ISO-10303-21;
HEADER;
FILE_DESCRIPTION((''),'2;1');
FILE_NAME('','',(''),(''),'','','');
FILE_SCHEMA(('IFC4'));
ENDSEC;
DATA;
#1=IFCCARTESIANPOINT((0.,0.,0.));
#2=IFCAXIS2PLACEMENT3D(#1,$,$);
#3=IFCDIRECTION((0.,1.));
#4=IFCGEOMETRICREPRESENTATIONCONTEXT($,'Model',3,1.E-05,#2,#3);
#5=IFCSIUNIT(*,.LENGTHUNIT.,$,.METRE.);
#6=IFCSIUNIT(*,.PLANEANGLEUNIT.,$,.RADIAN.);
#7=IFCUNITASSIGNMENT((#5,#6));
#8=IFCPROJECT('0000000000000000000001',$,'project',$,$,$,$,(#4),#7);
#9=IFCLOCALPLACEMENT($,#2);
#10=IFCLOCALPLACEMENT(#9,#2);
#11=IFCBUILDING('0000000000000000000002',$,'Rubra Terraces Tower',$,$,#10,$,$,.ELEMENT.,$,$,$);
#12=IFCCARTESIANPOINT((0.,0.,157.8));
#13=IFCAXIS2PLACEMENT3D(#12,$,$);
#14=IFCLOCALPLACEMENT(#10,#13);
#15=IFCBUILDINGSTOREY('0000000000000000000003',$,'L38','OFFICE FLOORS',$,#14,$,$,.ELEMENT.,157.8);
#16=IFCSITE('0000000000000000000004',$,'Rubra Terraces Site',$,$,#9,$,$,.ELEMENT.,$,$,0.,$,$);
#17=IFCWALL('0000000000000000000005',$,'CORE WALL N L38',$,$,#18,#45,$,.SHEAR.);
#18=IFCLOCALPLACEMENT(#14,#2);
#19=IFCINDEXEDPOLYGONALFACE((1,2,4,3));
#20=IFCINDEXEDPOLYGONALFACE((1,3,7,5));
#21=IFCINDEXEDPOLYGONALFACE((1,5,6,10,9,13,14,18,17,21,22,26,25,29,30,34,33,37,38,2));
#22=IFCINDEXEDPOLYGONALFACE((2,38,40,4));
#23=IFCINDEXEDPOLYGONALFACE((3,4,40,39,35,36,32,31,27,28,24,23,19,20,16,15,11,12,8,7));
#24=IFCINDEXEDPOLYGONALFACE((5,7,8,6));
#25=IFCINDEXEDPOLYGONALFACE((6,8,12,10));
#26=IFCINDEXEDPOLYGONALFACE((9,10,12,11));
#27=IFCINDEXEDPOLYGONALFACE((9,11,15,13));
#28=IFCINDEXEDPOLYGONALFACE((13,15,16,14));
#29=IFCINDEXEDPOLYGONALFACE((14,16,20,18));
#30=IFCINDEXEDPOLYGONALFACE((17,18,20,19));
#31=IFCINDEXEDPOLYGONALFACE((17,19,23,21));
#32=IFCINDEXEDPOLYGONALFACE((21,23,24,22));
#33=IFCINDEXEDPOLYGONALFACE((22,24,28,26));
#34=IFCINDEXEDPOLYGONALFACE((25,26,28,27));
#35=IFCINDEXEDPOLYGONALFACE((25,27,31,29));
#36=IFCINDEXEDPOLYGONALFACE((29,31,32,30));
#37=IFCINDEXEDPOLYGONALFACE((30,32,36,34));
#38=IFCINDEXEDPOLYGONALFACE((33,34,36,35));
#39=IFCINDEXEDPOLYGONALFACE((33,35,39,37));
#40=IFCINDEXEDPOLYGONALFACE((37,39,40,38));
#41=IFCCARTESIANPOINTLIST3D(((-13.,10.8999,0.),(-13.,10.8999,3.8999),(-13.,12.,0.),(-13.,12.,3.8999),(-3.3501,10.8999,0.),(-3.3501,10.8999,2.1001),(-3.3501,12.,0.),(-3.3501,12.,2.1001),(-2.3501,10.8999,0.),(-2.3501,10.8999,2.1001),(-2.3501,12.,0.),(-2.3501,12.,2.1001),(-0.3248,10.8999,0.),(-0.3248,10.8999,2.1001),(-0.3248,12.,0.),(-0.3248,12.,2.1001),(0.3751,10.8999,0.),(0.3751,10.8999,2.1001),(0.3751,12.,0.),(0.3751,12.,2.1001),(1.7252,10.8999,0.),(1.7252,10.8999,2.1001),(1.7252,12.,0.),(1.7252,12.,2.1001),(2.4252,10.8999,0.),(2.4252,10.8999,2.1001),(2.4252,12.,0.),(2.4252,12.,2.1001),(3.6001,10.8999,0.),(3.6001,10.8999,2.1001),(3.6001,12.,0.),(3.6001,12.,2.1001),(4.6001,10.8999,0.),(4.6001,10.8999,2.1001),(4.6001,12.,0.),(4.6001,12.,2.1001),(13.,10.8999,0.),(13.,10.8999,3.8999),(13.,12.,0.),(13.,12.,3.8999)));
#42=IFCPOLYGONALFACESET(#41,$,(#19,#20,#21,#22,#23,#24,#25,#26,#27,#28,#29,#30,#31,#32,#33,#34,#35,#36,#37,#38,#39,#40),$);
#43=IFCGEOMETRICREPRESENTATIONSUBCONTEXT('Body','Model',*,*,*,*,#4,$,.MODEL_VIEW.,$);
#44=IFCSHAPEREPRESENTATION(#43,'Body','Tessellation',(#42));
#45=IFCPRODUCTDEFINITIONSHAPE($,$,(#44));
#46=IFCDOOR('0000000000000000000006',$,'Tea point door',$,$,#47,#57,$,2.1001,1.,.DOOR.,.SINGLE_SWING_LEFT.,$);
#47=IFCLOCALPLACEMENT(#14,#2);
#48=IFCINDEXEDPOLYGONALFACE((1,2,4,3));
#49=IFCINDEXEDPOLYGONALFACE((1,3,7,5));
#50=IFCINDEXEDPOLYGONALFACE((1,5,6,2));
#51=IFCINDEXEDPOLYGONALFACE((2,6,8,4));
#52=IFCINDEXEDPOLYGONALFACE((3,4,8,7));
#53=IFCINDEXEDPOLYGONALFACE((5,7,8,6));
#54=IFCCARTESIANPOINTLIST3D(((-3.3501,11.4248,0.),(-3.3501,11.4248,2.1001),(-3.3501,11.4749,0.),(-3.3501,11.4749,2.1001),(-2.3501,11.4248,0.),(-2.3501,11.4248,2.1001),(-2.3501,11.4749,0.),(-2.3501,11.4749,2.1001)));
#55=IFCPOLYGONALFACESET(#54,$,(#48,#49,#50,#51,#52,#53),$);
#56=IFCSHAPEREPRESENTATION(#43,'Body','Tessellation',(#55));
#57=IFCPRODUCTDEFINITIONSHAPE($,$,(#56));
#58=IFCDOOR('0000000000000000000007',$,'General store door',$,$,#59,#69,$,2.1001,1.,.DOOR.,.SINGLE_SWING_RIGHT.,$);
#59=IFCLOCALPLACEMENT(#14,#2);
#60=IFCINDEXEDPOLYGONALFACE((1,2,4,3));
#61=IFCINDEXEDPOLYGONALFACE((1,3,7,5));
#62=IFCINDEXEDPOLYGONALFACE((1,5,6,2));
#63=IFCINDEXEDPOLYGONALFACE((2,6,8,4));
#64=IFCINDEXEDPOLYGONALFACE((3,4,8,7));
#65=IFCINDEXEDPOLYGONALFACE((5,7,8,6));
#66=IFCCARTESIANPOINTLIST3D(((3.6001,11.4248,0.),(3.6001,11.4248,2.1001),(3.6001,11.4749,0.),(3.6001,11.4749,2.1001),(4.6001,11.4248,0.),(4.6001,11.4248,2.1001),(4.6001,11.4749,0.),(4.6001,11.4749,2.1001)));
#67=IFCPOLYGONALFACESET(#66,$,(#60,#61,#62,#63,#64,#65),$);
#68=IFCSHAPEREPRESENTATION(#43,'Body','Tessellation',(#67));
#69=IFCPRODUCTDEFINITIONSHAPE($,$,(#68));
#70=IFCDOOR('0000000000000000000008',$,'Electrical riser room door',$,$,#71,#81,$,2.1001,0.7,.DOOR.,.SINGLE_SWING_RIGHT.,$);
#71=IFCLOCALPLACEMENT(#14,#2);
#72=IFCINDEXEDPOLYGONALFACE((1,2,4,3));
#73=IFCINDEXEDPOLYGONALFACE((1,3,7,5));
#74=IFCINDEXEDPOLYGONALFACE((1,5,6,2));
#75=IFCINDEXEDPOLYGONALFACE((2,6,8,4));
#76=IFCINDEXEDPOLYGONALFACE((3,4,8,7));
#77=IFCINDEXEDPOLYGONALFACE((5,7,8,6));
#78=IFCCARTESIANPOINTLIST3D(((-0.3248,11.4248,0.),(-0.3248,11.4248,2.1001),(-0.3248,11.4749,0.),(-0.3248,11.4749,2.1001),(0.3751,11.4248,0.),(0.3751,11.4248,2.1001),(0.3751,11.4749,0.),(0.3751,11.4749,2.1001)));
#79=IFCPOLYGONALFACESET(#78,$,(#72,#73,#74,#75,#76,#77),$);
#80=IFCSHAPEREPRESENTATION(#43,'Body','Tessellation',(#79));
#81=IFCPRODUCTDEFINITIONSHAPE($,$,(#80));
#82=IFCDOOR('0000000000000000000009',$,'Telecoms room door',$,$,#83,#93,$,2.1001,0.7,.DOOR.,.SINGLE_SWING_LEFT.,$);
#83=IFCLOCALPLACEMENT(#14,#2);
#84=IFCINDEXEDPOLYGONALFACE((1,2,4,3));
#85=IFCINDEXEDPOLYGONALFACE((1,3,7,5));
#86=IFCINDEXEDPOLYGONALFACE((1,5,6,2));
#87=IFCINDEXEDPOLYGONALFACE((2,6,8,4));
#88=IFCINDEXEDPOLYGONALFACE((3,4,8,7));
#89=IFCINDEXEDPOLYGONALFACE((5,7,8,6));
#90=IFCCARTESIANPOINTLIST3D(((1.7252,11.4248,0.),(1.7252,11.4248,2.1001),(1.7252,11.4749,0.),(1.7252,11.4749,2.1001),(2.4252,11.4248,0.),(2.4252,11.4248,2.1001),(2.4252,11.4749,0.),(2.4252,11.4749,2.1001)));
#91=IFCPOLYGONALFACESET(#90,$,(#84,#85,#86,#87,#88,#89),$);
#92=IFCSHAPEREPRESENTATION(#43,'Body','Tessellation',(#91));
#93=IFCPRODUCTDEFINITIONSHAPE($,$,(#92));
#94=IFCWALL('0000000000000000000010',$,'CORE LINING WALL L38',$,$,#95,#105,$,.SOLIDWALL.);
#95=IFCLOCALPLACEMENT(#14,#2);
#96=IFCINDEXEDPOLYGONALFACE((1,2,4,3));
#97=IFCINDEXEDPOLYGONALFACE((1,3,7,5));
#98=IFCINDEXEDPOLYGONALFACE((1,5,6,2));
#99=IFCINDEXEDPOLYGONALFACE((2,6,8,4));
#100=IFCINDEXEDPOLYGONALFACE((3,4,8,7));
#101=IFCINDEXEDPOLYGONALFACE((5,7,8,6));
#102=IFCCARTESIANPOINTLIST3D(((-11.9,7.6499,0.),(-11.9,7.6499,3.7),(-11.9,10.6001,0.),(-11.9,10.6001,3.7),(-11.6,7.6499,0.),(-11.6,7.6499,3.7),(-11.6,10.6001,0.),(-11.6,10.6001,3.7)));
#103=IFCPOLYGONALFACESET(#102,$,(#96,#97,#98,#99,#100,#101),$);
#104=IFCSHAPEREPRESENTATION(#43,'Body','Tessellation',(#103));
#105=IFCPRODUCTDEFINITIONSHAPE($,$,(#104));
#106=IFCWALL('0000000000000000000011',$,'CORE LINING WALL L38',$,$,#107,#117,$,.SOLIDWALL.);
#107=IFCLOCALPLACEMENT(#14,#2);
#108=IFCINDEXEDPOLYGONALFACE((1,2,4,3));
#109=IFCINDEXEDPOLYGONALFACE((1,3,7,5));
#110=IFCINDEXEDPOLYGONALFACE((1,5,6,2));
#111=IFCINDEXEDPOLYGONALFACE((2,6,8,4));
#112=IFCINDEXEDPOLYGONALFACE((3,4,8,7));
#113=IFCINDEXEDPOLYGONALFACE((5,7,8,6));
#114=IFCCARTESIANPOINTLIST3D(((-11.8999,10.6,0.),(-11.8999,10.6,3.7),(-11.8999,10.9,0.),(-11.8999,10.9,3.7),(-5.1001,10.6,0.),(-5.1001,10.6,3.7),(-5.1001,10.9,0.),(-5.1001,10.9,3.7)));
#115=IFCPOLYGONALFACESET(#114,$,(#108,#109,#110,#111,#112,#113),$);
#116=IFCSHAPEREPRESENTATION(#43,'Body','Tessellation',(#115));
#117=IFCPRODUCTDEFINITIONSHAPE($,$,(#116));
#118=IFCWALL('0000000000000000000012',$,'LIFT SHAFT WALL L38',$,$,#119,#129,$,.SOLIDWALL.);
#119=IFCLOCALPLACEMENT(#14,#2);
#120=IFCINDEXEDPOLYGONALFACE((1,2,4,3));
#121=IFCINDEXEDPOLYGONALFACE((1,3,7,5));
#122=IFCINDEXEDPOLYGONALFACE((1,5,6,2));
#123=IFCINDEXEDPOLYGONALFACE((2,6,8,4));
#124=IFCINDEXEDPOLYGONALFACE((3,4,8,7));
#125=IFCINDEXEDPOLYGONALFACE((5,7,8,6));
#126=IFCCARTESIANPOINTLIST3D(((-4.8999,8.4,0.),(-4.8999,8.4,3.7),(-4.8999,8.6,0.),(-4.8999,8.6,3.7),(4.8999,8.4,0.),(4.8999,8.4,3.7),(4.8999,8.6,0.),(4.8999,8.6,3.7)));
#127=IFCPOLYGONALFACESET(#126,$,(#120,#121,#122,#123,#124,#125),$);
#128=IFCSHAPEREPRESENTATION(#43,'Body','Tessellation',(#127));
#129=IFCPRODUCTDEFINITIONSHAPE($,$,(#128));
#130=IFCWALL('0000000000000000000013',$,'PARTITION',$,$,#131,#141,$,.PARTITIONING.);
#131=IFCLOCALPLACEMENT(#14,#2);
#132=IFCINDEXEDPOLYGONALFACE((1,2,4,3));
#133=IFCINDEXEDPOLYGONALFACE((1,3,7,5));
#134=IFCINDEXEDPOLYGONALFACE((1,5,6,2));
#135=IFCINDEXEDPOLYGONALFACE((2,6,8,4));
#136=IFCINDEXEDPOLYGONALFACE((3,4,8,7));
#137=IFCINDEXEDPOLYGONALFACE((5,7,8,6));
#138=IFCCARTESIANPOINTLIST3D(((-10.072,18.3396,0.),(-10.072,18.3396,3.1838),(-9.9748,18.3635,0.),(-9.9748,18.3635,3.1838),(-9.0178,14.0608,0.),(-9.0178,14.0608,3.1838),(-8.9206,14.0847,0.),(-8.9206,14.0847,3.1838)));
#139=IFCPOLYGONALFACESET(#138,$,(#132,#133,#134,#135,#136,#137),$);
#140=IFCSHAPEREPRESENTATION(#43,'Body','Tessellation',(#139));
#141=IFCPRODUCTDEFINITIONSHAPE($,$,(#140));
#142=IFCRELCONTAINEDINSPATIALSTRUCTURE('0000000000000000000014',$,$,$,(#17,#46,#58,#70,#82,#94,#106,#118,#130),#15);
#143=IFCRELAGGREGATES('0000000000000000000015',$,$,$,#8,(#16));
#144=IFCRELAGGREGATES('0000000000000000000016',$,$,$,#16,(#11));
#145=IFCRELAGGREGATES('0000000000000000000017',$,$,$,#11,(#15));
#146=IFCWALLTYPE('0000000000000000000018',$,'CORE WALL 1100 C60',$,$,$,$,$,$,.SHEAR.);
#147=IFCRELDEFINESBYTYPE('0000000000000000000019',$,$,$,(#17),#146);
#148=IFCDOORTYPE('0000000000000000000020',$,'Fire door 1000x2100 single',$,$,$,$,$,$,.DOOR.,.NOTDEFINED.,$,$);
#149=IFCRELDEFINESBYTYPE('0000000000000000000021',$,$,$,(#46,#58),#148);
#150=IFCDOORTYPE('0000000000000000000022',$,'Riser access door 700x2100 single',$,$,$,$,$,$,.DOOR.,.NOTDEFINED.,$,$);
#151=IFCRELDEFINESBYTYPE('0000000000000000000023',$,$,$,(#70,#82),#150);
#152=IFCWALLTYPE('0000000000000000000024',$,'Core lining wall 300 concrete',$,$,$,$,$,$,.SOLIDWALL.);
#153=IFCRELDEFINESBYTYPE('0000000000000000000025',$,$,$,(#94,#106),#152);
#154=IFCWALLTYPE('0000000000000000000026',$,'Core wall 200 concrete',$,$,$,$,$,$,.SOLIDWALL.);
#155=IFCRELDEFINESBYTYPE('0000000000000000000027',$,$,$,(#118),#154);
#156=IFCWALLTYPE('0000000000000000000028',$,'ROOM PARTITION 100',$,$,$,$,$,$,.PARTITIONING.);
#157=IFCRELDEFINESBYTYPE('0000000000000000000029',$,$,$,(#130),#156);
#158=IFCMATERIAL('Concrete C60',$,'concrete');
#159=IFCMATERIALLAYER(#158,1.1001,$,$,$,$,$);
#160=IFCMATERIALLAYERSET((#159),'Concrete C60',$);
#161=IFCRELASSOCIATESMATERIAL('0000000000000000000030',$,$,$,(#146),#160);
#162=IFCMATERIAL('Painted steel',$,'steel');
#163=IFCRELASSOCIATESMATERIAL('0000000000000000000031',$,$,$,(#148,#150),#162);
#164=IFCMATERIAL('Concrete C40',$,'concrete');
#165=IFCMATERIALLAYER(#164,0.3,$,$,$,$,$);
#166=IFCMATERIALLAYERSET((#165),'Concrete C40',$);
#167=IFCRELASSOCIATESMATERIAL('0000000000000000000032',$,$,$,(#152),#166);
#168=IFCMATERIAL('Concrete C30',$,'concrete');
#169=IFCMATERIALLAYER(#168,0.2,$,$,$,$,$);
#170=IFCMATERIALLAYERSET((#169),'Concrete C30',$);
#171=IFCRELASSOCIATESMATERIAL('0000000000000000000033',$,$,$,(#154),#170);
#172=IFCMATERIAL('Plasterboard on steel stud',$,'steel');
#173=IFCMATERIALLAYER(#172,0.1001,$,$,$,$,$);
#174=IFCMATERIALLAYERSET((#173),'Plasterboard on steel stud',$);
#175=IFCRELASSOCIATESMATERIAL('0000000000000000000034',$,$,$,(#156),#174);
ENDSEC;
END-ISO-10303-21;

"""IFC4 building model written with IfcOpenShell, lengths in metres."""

from ifc_helpers import new_model, si_unit, direction, frame, frame_2d, origin, place, context, subcontext, project, spatial, rectangle, extrude, material, layer, layer_set, type_object, element, fill, save


model = new_model("IFC4")

# Units and contexts
model_context = context("Model", 3, precision=1e-05, world=origin(), true_north=direction((0.0, 1.0)))
body_context = subcontext(model_context, "Body", "Model", "MODEL_VIEW")
ifc_project = project(units=[si_unit("LENGTHUNIT", "METRE"), si_unit("PLANEANGLEUNIT", "RADIAN")], contexts=[model_context])

# Site, building, storey
site_placement = place(None, origin())
site = spatial("IfcSite", under=ifc_project, at=site_placement, Name="Rubra Terraces Site", CompositionType="ELEMENT", RefElevation=0.0)
building_placement = place(site_placement, origin())
building = spatial("IfcBuilding", under=site, at=building_placement, Name="Rubra Terraces Tower", CompositionType="ELEMENT")
storey_placement = place(building_placement, frame((0.0, 0.0, 157.8)))
storey = spatial("IfcBuildingStorey", under=building, at=storey_placement, Name="L38", Description="OFFICE FLOORS", CompositionType="ELEMENT", Elevation=157.8)

# Wall, openings, doors
ifc_material_1 = material(Name="Concrete C60", Category="concrete")
ifc_layer_1 = layer(ifc_material_1, 1.1001)
ifc_layer_set_1 = layer_set([ifc_layer_1], Name="Concrete C60")
wall_type_1 = type_object("IfcWallType", Name="CORE WALL 1100 C60", PredefinedType="SHEAR", material=ifc_layer_set_1)
wall_1_placement = place(storey_placement, frame((-13.0, 11.45, 0.0), z_axis=(0.0, 0.0, 1.0), x_axis=(1.0, 0.0, 0.0)))
wall_1 = element("IfcWall", 1, at=wall_1_placement, inside=storey, type_object=wall_type_1, Name="CORE WALL N L38", PredefinedType="SHEAR", context=body_context, shape_type="SweptSolid", body=[
    extrude(rectangle(XDim=26.0, YDim=1.1001, at=frame_2d((13.0, 0.0))), origin(), (0.0, 0.0, 1.0), 3.8999),
])
opening_1_placement = place(wall_1_placement, frame((9.6499, 0.0, 0.0)))
opening_1 = element("IfcOpeningElement", 2, at=opening_1_placement, cuts=wall_1, PredefinedType="OPENING", context=body_context, shape_type="SweptSolid", body=[
    extrude(rectangle(XDim=1.0, YDim=2.1001, at=frame_2d((0.5, 1.05))), frame((0.0, 0.5601, 0.0), z_axis=(0.0, -1.0, 0.0), x_axis=(1.0, 0.0, 0.0)), (0.0, 0.0, 1.0), 1.1201),
])
opening_2_placement = place(wall_1_placement, frame((12.675, 0.0, 0.0)))
opening_2 = element("IfcOpeningElement", 3, at=opening_2_placement, cuts=wall_1, PredefinedType="OPENING", context=body_context, shape_type="SweptSolid", body=[
    extrude(rectangle(XDim=0.7, YDim=2.1001, at=frame_2d((0.3501, 1.05))), frame((0.0, 0.5601, 0.0), z_axis=(0.0, -1.0, 0.0), x_axis=(1.0, 0.0, 0.0)), (0.0, 0.0, 1.0), 1.1201),
])
opening_3_placement = place(wall_1_placement, frame((14.7251, 0.0, 0.0)))
opening_3 = element("IfcOpeningElement", 4, at=opening_3_placement, cuts=wall_1, PredefinedType="OPENING", context=body_context, shape_type="SweptSolid", body=[
    extrude(rectangle(XDim=0.7, YDim=2.1001, at=frame_2d((0.3501, 1.05))), frame((0.0, 0.5601, 0.0), z_axis=(0.0, -1.0, 0.0), x_axis=(1.0, 0.0, 0.0)), (0.0, 0.0, 1.0), 1.1201),
])
opening_4_placement = place(wall_1_placement, frame((16.6001, 0.0, 0.0)))
opening_4 = element("IfcOpeningElement", 5, at=opening_4_placement, cuts=wall_1, PredefinedType="OPENING", context=body_context, shape_type="SweptSolid", body=[
    extrude(rectangle(XDim=1.0, YDim=2.1001, at=frame_2d((0.5, 1.05))), frame((0.0, 0.5601, 0.0), z_axis=(0.0, -1.0, 0.0), x_axis=(1.0, 0.0, 0.0)), (0.0, 0.0, 1.0), 1.1201),
])
ifc_material_2 = material(Name="Painted steel", Category="steel")
door_type_1 = type_object("IfcDoorType", Name="Fire door 1000x2100 single", OperationType="NOTDEFINED", PredefinedType="DOOR", material=ifc_material_2)
door_1_placement = place(opening_1_placement, origin())
door_1 = element("IfcDoor", 6, at=door_1_placement, inside=storey, type_object=door_type_1, Name="Tea point door", OperationType="SINGLE_SWING_LEFT", OverallHeight=2.1001, OverallWidth=1.0, PredefinedType="DOOR", context=body_context, shape_type="SweptSolid", body=[
    extrude(rectangle(XDim=1.0, YDim=2.1001, at=frame_2d((0.5, 1.05))), frame((0.0, 0.0249, 0.0), z_axis=(0.0, -1.0, 0.0), x_axis=(1.0, 0.0, 0.0)), (0.0, 0.0, 1.0), 0.05),
])
fill(opening_1, door_1)
door_2_placement = place(opening_4_placement, origin())
door_2 = element("IfcDoor", 7, at=door_2_placement, inside=storey, type_object=door_type_1, Name="General store door", OperationType="SINGLE_SWING_RIGHT", OverallHeight=2.1001, OverallWidth=1.0, PredefinedType="DOOR", context=body_context, shape_type="SweptSolid", body=[
    extrude(rectangle(XDim=1.0, YDim=2.1001, at=frame_2d((0.5, 1.05))), frame((0.0, 0.0249, 0.0), z_axis=(0.0, -1.0, 0.0), x_axis=(1.0, 0.0, 0.0)), (0.0, 0.0, 1.0), 0.05),
])
fill(opening_4, door_2)
door_type_2 = type_object("IfcDoorType", Name="Riser access door 700x2100 single", OperationType="NOTDEFINED", PredefinedType="DOOR", material=ifc_material_2)
door_3_placement = place(opening_2_placement, origin())
door_3 = element("IfcDoor", 8, at=door_3_placement, inside=storey, type_object=door_type_2, Name="Electrical riser room door", OperationType="SINGLE_SWING_RIGHT", OverallHeight=2.1001, OverallWidth=0.7, PredefinedType="DOOR", context=body_context, shape_type="SweptSolid", body=[
    extrude(rectangle(XDim=0.7, YDim=2.1001, at=frame_2d((0.3501, 1.05))), frame((0.0, 0.0249, 0.0), z_axis=(0.0, -1.0, 0.0), x_axis=(1.0, 0.0, 0.0)), (0.0, 0.0, 1.0), 0.05),
])
fill(opening_2, door_3)
door_4_placement = place(opening_3_placement, origin())
door_4 = element("IfcDoor", 9, at=door_4_placement, inside=storey, type_object=door_type_2, Name="Telecoms room door", OperationType="SINGLE_SWING_LEFT", OverallHeight=2.1001, OverallWidth=0.7, PredefinedType="DOOR", context=body_context, shape_type="SweptSolid", body=[
    extrude(rectangle(XDim=0.7, YDim=2.1001, at=frame_2d((0.3501, 1.05))), frame((0.0, 0.0249, 0.0), z_axis=(0.0, -1.0, 0.0), x_axis=(1.0, 0.0, 0.0)), (0.0, 0.0, 1.0), 0.05),
])
fill(opening_3, door_4)

# Walls
ifc_material_3 = material(Name="Concrete C40", Category="concrete")
ifc_layer_2 = layer(ifc_material_3, 0.3)
ifc_layer_set_2 = layer_set([ifc_layer_2], Name="Concrete C40")
wall_type_2 = type_object("IfcWallType", Name="Core lining wall 300 concrete", PredefinedType="SOLIDWALL", material=ifc_layer_set_2)
wall_2_placement = place(storey_placement, frame((-11.75, 7.6499, 0.0), z_axis=(0.0, 0.0, 1.0), x_axis=(0.0, 1.0, 0.0)))
element("IfcWall", 10, at=wall_2_placement, inside=storey, type_object=wall_type_2, Name="CORE LINING WALL L38", PredefinedType="SOLIDWALL", context=body_context, shape_type="SweptSolid", body=[
    extrude(rectangle(XDim=2.9502, YDim=0.3, at=frame_2d((1.4751, 0.0))), origin(), (0.0, 0.0, 1.0), 3.7),
])
wall_3_placement = place(storey_placement, frame((-11.8999, 10.75, 0.0), z_axis=(0.0, 0.0, 1.0), x_axis=(1.0, 0.0, 0.0)))
element("IfcWall", 11, at=wall_3_placement, inside=storey, type_object=wall_type_2, Name="CORE LINING WALL L38", PredefinedType="SOLIDWALL", context=body_context, shape_type="SweptSolid", body=[
    extrude(rectangle(XDim=6.7998, YDim=0.3, at=frame_2d((3.3999, 0.0))), origin(), (0.0, 0.0, 1.0), 3.7),
])
ifc_material_4 = material(Name="Concrete C30", Category="concrete")
ifc_layer_3 = layer(ifc_material_4, 0.2)
ifc_layer_set_3 = layer_set([ifc_layer_3], Name="Concrete C30")
wall_type_3 = type_object("IfcWallType", Name="Core wall 200 concrete", PredefinedType="SOLIDWALL", material=ifc_layer_set_3)
wall_4_placement = place(storey_placement, frame((-4.8999, 8.5, 0.0), z_axis=(0.0, 0.0, 1.0), x_axis=(1.0, 0.0, 0.0)))
element("IfcWall", 12, at=wall_4_placement, inside=storey, type_object=wall_type_3, Name="LIFT SHAFT WALL L38", PredefinedType="SOLIDWALL", context=body_context, shape_type="SweptSolid", body=[
    extrude(rectangle(XDim=9.7998, YDim=0.2, at=frame_2d((4.8999, 0.0))), origin(), (0.0, 0.0, 1.0), 3.7),
])
ifc_material_5 = material(Name="Plasterboard on steel stud", Category="steel")
ifc_layer_4 = layer(ifc_material_5, 0.1001)
ifc_layer_set_4 = layer_set([ifc_layer_4], Name="Plasterboard on steel stud")
wall_type_4 = type_object("IfcWallType", Name="ROOM PARTITION 100", PredefinedType="PARTITIONING", material=ifc_layer_set_4)
wall_5_placement = place(storey_placement, frame((-8.9692, 14.0728, 0.0), z_axis=(0.0, 0.0, 1.0), x_axis=(-0.239223, 0.970965, 0.0)))
element("IfcWall", 13, at=wall_5_placement, inside=storey, type_object=wall_type_4, Name="PARTITION", PredefinedType="PARTITIONING", context=body_context, shape_type="SweptSolid", body=[
    extrude(rectangle(XDim=4.4067, YDim=0.1001, at=frame_2d((2.2034, 0.0))), origin(), (0.0, 0.0, 1.0), 3.1838),
])

save(model, "model.ifc")
